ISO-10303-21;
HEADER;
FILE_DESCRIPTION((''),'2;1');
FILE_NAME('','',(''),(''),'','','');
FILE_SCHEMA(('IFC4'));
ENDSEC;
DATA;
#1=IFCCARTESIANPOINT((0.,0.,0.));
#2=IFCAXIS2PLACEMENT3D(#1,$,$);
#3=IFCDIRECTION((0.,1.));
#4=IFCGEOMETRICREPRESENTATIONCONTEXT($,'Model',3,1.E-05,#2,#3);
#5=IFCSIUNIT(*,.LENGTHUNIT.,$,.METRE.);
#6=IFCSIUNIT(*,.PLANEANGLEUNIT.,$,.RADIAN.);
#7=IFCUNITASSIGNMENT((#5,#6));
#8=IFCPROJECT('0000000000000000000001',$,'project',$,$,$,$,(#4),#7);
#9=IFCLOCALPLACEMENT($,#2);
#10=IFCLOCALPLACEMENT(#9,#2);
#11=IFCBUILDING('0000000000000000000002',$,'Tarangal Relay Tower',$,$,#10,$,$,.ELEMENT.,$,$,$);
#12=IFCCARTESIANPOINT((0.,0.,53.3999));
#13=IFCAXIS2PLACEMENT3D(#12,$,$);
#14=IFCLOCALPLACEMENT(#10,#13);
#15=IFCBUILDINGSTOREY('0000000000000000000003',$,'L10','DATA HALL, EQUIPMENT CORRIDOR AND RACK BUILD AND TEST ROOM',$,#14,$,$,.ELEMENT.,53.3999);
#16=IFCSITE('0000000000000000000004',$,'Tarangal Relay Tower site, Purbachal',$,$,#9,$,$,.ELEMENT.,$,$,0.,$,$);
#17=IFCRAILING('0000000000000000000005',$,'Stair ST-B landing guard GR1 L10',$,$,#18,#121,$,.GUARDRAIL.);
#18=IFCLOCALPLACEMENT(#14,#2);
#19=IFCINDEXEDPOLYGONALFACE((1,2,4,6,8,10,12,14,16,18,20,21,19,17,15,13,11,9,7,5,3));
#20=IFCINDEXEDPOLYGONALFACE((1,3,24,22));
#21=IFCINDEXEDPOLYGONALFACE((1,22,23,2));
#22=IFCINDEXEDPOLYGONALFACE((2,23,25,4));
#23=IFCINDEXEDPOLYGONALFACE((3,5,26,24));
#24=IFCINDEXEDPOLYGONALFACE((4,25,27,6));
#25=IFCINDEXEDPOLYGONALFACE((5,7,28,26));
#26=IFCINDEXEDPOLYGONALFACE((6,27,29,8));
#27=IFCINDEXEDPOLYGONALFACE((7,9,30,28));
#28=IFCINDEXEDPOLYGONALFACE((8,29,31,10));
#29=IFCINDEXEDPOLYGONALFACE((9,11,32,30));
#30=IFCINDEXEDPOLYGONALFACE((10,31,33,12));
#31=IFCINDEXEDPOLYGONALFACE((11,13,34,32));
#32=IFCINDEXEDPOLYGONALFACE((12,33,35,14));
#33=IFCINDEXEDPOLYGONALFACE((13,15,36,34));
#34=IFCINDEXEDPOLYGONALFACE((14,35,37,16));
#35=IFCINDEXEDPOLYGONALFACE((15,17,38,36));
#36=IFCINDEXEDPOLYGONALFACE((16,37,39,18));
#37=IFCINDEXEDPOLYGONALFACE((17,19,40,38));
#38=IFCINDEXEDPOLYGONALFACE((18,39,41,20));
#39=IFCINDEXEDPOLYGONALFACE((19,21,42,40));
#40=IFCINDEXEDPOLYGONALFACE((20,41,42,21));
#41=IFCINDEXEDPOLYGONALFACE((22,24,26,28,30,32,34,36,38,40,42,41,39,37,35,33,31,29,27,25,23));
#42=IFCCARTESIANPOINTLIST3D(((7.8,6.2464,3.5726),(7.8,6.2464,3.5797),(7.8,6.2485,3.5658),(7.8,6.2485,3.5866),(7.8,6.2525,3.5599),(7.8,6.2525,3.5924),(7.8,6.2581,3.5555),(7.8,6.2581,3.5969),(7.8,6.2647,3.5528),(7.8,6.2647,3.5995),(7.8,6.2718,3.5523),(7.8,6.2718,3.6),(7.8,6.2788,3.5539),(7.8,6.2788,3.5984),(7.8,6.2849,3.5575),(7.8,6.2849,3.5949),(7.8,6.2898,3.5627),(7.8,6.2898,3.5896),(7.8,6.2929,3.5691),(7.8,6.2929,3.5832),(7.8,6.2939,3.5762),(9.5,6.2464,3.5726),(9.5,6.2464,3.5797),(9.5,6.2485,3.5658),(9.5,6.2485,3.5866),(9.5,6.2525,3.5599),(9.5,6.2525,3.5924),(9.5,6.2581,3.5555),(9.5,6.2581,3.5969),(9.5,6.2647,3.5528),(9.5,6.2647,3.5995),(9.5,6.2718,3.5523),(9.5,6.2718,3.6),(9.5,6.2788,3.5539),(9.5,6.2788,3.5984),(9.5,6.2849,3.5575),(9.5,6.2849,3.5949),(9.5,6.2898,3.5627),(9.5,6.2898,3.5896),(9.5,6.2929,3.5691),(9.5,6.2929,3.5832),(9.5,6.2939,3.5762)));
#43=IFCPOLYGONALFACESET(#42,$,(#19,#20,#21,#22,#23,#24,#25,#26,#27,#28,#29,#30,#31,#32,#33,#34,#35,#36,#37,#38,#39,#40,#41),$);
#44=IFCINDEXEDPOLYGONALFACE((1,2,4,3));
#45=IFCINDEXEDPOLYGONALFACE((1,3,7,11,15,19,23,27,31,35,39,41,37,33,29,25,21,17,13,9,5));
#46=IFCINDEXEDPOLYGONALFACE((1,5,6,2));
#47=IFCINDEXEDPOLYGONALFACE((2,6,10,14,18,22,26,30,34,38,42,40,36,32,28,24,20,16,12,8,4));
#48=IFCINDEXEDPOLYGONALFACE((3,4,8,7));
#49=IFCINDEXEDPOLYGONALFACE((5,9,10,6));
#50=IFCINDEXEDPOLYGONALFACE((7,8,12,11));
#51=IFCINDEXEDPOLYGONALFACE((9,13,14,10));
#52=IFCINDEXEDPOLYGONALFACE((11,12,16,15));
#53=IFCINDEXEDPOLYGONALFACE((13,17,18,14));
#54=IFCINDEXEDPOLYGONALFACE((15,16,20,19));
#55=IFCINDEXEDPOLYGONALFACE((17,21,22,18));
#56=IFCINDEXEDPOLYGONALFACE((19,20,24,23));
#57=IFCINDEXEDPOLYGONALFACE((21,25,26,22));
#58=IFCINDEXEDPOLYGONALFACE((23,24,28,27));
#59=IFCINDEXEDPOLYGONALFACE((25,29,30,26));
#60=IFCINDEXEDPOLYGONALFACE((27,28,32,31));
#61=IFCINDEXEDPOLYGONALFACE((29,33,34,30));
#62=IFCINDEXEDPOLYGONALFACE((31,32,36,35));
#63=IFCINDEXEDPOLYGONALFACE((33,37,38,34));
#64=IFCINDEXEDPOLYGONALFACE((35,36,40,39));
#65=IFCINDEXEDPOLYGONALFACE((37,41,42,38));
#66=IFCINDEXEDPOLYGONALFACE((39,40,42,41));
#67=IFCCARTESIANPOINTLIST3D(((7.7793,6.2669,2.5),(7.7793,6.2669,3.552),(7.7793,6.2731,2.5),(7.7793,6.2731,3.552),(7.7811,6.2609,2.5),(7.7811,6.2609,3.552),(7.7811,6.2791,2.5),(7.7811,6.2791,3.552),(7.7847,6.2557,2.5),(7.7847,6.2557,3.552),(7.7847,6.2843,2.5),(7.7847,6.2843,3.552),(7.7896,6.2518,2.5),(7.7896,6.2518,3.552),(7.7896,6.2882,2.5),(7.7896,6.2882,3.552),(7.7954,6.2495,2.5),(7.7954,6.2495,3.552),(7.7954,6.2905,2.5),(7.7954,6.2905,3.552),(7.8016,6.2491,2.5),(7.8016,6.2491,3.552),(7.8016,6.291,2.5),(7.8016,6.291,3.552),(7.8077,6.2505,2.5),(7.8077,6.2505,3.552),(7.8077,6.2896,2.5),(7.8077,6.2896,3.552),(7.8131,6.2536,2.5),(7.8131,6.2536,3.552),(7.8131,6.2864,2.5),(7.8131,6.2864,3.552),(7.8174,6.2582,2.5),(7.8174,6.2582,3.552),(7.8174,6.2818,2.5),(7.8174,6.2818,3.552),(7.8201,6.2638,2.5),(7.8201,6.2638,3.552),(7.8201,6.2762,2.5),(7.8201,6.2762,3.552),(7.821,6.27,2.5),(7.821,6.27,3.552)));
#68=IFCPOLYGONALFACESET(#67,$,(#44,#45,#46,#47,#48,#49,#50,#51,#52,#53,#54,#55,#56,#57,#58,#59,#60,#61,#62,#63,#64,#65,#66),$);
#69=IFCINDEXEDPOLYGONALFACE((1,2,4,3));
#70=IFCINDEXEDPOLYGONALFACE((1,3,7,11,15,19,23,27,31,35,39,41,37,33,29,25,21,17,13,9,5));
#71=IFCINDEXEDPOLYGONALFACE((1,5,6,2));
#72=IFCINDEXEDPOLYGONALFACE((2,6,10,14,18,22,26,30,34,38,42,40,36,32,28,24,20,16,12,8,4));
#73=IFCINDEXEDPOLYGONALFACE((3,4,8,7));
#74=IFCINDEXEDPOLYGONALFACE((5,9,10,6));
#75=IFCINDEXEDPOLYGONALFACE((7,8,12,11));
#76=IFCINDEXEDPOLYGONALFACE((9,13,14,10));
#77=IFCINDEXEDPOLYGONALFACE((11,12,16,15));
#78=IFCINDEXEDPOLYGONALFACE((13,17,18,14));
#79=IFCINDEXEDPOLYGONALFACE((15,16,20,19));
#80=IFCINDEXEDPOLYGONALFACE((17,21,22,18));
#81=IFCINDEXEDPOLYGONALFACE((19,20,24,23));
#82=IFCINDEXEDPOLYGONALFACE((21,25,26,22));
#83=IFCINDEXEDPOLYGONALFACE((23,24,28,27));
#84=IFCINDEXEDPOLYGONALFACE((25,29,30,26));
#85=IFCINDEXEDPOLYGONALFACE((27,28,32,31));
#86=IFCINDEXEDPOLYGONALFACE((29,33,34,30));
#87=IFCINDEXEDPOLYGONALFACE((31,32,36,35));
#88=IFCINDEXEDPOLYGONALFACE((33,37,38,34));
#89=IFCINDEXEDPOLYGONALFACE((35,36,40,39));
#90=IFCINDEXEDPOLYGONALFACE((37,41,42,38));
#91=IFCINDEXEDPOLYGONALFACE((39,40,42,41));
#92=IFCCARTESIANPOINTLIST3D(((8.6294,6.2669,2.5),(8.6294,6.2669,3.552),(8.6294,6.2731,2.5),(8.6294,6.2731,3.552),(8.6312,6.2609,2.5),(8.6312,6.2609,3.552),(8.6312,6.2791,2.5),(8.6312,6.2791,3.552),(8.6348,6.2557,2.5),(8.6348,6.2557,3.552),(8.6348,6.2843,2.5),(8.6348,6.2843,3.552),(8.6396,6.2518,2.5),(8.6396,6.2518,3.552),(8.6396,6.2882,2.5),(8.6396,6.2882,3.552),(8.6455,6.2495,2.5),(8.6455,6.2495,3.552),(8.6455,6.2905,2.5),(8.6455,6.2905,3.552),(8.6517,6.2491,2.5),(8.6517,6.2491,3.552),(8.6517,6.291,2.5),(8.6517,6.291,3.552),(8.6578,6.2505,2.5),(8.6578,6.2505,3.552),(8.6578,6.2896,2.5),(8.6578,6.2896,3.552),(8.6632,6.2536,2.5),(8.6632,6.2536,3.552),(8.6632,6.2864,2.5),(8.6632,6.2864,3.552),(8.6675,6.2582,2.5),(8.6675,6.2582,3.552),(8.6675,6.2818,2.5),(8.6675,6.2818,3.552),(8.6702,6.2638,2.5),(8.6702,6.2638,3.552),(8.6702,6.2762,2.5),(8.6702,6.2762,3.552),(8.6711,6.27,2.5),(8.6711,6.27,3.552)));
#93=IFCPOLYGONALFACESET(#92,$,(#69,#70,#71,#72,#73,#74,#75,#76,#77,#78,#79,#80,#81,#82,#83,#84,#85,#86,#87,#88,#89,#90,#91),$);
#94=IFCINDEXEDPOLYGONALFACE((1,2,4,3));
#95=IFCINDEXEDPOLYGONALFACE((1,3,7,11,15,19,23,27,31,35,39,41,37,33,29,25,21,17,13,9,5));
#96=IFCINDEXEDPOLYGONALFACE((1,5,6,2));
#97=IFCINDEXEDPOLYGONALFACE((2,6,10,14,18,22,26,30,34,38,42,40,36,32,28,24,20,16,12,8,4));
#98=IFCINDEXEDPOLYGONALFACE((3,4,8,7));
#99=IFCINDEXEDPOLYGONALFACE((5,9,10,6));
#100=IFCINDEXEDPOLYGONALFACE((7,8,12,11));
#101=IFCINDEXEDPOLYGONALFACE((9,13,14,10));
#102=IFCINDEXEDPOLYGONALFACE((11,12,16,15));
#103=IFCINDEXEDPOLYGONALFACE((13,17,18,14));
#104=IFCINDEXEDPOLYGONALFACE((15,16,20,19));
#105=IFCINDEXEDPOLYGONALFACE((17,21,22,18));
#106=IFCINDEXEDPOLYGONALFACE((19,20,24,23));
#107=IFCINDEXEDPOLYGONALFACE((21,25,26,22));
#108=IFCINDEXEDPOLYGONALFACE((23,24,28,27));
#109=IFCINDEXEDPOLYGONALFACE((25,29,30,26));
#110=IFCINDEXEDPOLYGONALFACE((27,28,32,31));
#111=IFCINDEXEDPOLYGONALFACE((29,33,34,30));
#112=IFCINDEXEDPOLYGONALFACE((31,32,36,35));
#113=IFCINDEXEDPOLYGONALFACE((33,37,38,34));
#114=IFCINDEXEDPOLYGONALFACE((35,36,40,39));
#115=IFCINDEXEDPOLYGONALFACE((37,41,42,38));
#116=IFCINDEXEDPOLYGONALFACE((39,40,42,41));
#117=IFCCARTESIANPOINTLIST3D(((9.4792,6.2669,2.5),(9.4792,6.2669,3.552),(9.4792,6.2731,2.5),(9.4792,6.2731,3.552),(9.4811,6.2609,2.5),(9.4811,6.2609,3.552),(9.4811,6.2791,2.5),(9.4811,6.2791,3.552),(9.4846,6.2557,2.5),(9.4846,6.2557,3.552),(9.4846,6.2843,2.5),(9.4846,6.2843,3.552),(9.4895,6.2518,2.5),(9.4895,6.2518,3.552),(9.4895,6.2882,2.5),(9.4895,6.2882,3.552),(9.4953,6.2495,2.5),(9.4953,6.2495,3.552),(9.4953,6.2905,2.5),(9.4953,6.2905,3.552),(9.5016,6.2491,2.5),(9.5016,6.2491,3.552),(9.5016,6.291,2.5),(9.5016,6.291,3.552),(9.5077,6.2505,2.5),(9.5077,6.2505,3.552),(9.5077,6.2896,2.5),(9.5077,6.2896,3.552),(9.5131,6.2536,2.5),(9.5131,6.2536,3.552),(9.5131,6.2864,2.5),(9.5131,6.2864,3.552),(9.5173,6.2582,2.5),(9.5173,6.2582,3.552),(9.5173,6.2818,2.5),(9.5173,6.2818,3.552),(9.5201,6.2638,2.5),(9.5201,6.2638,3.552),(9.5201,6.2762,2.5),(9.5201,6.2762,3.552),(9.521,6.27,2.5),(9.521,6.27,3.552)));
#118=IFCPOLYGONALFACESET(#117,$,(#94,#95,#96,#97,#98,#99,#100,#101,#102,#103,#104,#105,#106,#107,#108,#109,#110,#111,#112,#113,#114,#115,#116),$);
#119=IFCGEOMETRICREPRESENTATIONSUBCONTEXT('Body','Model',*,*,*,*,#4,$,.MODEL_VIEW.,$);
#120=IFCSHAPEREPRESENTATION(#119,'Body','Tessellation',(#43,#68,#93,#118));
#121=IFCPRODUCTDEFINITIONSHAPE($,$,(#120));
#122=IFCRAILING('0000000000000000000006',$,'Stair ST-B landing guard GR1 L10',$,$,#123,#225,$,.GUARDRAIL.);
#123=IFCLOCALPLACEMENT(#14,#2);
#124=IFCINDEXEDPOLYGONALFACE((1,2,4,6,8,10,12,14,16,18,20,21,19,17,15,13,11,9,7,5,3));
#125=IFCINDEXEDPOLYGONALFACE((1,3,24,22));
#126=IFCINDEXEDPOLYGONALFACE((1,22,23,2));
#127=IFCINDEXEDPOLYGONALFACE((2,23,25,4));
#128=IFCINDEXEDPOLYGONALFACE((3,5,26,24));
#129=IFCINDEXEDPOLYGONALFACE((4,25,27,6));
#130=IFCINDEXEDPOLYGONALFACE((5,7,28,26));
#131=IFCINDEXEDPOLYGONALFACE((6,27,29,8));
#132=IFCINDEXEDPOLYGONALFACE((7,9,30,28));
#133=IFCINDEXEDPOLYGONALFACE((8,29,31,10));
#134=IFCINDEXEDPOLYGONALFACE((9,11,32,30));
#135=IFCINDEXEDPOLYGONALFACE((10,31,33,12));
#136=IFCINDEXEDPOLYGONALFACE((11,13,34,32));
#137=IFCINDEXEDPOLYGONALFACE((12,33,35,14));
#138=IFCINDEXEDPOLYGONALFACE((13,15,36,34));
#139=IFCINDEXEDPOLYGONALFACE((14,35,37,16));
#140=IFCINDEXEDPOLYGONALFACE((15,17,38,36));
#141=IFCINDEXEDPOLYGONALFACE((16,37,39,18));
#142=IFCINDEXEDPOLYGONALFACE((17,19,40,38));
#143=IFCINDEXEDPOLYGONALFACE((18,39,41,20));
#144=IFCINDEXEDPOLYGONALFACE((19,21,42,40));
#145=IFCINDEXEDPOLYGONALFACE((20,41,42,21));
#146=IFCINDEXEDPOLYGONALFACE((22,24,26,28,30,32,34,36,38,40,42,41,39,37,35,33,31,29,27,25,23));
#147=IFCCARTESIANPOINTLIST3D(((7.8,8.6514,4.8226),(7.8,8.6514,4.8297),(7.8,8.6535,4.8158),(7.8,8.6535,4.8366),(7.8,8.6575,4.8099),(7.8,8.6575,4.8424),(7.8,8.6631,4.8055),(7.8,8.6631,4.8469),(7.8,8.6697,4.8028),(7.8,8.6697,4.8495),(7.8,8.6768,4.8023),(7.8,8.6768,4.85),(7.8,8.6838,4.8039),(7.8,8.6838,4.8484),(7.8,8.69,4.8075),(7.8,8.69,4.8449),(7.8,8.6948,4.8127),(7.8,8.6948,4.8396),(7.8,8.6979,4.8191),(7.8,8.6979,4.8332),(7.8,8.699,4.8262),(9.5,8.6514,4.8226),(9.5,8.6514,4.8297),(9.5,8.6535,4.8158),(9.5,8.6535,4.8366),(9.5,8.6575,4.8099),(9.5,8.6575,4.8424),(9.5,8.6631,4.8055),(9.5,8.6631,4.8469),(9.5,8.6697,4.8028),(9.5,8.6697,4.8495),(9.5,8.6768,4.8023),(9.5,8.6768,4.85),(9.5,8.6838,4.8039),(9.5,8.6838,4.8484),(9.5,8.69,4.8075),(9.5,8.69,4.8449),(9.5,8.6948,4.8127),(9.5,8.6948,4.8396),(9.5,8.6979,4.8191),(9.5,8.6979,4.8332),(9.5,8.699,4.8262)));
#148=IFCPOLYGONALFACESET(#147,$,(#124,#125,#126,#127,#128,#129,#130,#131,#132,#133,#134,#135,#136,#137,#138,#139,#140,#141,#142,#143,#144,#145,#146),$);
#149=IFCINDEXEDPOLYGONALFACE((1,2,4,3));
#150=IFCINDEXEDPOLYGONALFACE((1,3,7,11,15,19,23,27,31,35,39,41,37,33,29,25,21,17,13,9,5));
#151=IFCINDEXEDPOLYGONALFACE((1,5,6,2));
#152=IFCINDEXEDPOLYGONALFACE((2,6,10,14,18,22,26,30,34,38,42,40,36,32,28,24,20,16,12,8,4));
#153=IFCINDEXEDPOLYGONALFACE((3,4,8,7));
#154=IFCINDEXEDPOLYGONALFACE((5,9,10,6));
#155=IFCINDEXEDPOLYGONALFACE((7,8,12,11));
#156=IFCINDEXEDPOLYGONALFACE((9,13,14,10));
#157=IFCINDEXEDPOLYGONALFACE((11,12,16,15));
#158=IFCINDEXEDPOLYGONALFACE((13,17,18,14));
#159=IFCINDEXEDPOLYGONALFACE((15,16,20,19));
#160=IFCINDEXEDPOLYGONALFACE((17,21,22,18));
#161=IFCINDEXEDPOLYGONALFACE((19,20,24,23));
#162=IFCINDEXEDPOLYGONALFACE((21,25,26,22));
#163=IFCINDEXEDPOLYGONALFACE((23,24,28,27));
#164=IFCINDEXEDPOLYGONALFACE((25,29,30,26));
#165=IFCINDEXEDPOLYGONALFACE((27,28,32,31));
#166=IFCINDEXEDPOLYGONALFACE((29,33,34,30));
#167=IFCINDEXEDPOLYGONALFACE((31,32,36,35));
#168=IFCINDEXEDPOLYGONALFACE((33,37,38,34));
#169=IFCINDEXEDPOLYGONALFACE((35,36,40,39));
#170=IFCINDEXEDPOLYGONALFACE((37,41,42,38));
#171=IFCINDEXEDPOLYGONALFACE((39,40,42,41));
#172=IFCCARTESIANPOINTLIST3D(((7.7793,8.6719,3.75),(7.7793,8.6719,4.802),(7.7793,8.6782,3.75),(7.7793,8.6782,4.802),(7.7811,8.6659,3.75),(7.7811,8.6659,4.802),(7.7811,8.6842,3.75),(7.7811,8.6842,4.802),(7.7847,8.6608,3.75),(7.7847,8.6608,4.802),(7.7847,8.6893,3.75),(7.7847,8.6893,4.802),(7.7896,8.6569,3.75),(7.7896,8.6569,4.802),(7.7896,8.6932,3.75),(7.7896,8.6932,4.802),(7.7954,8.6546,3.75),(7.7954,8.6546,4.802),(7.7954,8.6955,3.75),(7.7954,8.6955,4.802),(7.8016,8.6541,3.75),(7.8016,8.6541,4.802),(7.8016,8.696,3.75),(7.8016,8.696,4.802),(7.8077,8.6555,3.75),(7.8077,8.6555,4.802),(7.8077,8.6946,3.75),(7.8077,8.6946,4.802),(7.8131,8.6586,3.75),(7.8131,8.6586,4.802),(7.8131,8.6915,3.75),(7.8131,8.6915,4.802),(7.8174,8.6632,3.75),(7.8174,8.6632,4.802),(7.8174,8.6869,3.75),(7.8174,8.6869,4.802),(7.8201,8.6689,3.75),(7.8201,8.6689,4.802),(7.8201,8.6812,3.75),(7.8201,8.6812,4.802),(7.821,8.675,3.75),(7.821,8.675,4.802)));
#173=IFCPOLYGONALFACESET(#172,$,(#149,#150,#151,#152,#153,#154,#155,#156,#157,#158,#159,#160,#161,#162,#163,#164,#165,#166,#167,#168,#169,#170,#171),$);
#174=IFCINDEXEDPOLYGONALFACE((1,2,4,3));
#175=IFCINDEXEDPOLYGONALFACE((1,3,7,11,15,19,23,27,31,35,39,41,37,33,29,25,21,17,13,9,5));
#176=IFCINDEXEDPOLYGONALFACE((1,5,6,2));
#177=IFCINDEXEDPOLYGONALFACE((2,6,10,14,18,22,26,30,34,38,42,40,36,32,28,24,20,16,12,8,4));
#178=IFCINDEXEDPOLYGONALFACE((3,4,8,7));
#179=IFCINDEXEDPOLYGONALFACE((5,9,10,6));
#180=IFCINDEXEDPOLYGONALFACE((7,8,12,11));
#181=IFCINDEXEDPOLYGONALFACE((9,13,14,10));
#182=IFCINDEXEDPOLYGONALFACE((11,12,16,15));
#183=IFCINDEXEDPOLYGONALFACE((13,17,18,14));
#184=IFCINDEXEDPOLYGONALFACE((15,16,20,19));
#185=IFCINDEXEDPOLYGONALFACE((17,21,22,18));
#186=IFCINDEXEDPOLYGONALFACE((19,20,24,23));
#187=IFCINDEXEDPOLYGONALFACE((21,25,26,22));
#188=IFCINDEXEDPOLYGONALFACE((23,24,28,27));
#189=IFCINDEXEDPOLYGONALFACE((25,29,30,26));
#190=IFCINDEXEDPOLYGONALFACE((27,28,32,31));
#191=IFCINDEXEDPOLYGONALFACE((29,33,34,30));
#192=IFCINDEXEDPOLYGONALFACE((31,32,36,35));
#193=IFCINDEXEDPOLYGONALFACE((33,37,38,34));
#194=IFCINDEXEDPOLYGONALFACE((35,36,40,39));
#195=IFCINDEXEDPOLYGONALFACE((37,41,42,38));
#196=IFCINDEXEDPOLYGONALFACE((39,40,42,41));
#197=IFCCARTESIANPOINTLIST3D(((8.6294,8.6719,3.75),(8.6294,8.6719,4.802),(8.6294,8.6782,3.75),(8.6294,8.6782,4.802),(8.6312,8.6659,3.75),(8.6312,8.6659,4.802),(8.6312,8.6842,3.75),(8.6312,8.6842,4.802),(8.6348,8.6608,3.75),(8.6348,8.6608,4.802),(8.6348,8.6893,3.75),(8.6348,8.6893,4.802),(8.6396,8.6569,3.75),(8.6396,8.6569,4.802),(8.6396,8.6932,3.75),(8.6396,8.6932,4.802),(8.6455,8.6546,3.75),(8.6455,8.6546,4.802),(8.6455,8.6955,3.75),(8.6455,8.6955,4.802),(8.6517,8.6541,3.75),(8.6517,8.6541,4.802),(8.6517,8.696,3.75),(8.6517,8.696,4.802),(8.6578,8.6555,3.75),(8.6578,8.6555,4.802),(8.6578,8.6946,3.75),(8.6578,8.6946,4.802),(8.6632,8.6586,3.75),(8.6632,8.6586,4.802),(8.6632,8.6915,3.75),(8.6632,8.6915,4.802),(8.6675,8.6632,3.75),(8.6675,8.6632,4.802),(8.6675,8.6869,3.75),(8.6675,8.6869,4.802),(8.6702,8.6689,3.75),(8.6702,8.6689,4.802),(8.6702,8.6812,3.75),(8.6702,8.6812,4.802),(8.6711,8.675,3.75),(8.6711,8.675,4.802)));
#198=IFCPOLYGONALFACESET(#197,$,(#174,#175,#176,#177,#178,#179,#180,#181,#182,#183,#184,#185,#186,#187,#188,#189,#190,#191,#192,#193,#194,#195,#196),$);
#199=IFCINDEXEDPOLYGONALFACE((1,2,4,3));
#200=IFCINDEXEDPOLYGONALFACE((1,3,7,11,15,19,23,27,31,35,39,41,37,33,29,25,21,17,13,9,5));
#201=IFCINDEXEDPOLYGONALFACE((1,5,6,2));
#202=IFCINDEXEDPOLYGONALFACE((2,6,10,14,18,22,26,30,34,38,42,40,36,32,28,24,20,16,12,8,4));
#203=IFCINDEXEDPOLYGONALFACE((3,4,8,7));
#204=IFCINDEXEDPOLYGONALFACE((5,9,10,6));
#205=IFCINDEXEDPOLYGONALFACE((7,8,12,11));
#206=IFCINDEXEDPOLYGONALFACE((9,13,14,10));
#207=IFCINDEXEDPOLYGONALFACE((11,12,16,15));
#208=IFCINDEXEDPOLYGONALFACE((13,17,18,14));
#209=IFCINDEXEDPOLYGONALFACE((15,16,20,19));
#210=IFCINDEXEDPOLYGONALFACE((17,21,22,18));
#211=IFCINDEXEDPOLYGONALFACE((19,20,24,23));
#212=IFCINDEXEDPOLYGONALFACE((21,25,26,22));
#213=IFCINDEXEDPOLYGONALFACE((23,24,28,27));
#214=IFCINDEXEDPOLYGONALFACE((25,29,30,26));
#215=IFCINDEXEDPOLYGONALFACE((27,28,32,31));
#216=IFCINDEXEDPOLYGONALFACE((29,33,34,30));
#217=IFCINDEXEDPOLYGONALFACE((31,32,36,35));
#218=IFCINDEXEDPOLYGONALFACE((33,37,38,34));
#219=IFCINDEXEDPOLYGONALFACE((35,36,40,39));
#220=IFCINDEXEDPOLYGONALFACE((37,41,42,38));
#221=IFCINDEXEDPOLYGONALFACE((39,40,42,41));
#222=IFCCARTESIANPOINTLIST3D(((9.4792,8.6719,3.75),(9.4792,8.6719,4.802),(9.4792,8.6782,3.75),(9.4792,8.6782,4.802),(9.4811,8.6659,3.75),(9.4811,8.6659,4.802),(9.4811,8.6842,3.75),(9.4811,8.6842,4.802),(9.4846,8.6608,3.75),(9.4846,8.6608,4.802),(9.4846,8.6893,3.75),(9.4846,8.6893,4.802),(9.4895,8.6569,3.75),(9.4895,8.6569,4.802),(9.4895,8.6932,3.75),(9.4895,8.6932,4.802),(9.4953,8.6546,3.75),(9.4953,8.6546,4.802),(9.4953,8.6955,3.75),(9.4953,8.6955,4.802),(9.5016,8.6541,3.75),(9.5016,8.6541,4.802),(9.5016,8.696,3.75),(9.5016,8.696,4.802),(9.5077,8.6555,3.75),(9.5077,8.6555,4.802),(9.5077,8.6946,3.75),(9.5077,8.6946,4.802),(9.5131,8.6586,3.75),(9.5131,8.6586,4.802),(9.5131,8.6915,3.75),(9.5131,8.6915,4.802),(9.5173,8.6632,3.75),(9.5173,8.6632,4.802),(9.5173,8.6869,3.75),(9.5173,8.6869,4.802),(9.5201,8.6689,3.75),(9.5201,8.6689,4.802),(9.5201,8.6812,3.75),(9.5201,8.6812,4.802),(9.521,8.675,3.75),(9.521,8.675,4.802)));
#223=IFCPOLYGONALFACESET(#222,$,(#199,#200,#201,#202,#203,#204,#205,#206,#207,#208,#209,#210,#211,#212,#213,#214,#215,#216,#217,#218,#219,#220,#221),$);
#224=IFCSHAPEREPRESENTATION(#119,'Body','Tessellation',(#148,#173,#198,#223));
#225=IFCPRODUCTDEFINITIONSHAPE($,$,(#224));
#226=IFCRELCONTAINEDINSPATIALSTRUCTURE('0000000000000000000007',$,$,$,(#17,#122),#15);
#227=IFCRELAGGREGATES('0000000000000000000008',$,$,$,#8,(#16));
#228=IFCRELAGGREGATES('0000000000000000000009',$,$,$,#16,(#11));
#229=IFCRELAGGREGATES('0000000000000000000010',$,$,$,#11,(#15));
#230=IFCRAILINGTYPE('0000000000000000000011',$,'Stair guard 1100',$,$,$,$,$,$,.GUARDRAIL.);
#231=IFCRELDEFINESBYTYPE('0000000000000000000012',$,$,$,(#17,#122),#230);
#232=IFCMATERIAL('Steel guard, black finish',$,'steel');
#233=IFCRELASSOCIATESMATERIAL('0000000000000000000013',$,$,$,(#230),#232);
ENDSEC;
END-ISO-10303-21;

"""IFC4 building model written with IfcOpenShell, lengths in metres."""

from ifc_helpers import new_model, si_unit, direction, frame, origin, origin_2d, place, context, subcontext, project, spatial, circle, extrude, material, type_object, element, save


model = new_model("IFC4")

# Units and contexts
model_context = context("Model", 3, precision=1e-05, world=origin(), true_north=direction((0.0, 1.0)))
body_context = subcontext(model_context, "Body", "Model", "MODEL_VIEW")
ifc_project = project(units=[si_unit("LENGTHUNIT", "METRE"), si_unit("PLANEANGLEUNIT", "RADIAN")], contexts=[model_context])

# Site, building, storey
site_placement = place(None, origin())
site = spatial("IfcSite", under=ifc_project, at=site_placement, Name="Tarangal Relay Tower site, Purbachal", CompositionType="ELEMENT", RefElevation=0.0)
building_placement = place(site_placement, origin())
building = spatial("IfcBuilding", under=site, at=building_placement, Name="Tarangal Relay Tower", CompositionType="ELEMENT")
storey_placement = place(building_placement, frame((0.0, 0.0, 53.3999)))
storey = spatial("IfcBuildingStorey", under=building, at=storey_placement, Name="L10", Description="DATA HALL, EQUIPMENT CORRIDOR AND RACK BUILD AND TEST ROOM", CompositionType="ELEMENT", Elevation=53.3999)

# Railings
ifc_material_1 = material(Name="Steel guard, black finish", Category="steel")
railing_type_1 = type_object("IfcRailingType", Name="Stair guard 1100", PredefinedType="GUARDRAIL", material=ifc_material_1)
for number, where, name in (
    (1, (7.8, 6.27, 2.5), "Stair ST-B landing guard GR1 L10"),
    (2, (7.8, 8.675, 3.75), "Stair ST-B landing guard GR1 L10"),
):
    element("IfcRailing", number, at=place(storey_placement, frame(where)), inside=storey, type_object=railing_type_1, Name=name, PredefinedType="GUARDRAIL", context=body_context, shape_type="SweptSolid", body=[
        extrude(circle(Radius=0.0239, at=origin_2d()), frame((0.0, 0.0, 1.0762), z_axis=(1.0, 0.0, 0.0), x_axis=(0.0, 1.0, 0.0)), (0.0, 0.0, 1.0), 1.7),
        extrude(circle(Radius=0.021, at=origin_2d()), origin(), (0.0, 0.0, 1.0), 1.052),
        extrude(circle(Radius=0.021, at=origin_2d()), frame((0.8501, 0.0, 0.0)), (0.0, 0.0, 1.0), 1.052),
        extrude(circle(Radius=0.021, at=origin_2d()), frame((1.7, 0.0, 0.0)), (0.0, 0.0, 1.0), 1.052),
    ])

save(model, "model.ifc")
